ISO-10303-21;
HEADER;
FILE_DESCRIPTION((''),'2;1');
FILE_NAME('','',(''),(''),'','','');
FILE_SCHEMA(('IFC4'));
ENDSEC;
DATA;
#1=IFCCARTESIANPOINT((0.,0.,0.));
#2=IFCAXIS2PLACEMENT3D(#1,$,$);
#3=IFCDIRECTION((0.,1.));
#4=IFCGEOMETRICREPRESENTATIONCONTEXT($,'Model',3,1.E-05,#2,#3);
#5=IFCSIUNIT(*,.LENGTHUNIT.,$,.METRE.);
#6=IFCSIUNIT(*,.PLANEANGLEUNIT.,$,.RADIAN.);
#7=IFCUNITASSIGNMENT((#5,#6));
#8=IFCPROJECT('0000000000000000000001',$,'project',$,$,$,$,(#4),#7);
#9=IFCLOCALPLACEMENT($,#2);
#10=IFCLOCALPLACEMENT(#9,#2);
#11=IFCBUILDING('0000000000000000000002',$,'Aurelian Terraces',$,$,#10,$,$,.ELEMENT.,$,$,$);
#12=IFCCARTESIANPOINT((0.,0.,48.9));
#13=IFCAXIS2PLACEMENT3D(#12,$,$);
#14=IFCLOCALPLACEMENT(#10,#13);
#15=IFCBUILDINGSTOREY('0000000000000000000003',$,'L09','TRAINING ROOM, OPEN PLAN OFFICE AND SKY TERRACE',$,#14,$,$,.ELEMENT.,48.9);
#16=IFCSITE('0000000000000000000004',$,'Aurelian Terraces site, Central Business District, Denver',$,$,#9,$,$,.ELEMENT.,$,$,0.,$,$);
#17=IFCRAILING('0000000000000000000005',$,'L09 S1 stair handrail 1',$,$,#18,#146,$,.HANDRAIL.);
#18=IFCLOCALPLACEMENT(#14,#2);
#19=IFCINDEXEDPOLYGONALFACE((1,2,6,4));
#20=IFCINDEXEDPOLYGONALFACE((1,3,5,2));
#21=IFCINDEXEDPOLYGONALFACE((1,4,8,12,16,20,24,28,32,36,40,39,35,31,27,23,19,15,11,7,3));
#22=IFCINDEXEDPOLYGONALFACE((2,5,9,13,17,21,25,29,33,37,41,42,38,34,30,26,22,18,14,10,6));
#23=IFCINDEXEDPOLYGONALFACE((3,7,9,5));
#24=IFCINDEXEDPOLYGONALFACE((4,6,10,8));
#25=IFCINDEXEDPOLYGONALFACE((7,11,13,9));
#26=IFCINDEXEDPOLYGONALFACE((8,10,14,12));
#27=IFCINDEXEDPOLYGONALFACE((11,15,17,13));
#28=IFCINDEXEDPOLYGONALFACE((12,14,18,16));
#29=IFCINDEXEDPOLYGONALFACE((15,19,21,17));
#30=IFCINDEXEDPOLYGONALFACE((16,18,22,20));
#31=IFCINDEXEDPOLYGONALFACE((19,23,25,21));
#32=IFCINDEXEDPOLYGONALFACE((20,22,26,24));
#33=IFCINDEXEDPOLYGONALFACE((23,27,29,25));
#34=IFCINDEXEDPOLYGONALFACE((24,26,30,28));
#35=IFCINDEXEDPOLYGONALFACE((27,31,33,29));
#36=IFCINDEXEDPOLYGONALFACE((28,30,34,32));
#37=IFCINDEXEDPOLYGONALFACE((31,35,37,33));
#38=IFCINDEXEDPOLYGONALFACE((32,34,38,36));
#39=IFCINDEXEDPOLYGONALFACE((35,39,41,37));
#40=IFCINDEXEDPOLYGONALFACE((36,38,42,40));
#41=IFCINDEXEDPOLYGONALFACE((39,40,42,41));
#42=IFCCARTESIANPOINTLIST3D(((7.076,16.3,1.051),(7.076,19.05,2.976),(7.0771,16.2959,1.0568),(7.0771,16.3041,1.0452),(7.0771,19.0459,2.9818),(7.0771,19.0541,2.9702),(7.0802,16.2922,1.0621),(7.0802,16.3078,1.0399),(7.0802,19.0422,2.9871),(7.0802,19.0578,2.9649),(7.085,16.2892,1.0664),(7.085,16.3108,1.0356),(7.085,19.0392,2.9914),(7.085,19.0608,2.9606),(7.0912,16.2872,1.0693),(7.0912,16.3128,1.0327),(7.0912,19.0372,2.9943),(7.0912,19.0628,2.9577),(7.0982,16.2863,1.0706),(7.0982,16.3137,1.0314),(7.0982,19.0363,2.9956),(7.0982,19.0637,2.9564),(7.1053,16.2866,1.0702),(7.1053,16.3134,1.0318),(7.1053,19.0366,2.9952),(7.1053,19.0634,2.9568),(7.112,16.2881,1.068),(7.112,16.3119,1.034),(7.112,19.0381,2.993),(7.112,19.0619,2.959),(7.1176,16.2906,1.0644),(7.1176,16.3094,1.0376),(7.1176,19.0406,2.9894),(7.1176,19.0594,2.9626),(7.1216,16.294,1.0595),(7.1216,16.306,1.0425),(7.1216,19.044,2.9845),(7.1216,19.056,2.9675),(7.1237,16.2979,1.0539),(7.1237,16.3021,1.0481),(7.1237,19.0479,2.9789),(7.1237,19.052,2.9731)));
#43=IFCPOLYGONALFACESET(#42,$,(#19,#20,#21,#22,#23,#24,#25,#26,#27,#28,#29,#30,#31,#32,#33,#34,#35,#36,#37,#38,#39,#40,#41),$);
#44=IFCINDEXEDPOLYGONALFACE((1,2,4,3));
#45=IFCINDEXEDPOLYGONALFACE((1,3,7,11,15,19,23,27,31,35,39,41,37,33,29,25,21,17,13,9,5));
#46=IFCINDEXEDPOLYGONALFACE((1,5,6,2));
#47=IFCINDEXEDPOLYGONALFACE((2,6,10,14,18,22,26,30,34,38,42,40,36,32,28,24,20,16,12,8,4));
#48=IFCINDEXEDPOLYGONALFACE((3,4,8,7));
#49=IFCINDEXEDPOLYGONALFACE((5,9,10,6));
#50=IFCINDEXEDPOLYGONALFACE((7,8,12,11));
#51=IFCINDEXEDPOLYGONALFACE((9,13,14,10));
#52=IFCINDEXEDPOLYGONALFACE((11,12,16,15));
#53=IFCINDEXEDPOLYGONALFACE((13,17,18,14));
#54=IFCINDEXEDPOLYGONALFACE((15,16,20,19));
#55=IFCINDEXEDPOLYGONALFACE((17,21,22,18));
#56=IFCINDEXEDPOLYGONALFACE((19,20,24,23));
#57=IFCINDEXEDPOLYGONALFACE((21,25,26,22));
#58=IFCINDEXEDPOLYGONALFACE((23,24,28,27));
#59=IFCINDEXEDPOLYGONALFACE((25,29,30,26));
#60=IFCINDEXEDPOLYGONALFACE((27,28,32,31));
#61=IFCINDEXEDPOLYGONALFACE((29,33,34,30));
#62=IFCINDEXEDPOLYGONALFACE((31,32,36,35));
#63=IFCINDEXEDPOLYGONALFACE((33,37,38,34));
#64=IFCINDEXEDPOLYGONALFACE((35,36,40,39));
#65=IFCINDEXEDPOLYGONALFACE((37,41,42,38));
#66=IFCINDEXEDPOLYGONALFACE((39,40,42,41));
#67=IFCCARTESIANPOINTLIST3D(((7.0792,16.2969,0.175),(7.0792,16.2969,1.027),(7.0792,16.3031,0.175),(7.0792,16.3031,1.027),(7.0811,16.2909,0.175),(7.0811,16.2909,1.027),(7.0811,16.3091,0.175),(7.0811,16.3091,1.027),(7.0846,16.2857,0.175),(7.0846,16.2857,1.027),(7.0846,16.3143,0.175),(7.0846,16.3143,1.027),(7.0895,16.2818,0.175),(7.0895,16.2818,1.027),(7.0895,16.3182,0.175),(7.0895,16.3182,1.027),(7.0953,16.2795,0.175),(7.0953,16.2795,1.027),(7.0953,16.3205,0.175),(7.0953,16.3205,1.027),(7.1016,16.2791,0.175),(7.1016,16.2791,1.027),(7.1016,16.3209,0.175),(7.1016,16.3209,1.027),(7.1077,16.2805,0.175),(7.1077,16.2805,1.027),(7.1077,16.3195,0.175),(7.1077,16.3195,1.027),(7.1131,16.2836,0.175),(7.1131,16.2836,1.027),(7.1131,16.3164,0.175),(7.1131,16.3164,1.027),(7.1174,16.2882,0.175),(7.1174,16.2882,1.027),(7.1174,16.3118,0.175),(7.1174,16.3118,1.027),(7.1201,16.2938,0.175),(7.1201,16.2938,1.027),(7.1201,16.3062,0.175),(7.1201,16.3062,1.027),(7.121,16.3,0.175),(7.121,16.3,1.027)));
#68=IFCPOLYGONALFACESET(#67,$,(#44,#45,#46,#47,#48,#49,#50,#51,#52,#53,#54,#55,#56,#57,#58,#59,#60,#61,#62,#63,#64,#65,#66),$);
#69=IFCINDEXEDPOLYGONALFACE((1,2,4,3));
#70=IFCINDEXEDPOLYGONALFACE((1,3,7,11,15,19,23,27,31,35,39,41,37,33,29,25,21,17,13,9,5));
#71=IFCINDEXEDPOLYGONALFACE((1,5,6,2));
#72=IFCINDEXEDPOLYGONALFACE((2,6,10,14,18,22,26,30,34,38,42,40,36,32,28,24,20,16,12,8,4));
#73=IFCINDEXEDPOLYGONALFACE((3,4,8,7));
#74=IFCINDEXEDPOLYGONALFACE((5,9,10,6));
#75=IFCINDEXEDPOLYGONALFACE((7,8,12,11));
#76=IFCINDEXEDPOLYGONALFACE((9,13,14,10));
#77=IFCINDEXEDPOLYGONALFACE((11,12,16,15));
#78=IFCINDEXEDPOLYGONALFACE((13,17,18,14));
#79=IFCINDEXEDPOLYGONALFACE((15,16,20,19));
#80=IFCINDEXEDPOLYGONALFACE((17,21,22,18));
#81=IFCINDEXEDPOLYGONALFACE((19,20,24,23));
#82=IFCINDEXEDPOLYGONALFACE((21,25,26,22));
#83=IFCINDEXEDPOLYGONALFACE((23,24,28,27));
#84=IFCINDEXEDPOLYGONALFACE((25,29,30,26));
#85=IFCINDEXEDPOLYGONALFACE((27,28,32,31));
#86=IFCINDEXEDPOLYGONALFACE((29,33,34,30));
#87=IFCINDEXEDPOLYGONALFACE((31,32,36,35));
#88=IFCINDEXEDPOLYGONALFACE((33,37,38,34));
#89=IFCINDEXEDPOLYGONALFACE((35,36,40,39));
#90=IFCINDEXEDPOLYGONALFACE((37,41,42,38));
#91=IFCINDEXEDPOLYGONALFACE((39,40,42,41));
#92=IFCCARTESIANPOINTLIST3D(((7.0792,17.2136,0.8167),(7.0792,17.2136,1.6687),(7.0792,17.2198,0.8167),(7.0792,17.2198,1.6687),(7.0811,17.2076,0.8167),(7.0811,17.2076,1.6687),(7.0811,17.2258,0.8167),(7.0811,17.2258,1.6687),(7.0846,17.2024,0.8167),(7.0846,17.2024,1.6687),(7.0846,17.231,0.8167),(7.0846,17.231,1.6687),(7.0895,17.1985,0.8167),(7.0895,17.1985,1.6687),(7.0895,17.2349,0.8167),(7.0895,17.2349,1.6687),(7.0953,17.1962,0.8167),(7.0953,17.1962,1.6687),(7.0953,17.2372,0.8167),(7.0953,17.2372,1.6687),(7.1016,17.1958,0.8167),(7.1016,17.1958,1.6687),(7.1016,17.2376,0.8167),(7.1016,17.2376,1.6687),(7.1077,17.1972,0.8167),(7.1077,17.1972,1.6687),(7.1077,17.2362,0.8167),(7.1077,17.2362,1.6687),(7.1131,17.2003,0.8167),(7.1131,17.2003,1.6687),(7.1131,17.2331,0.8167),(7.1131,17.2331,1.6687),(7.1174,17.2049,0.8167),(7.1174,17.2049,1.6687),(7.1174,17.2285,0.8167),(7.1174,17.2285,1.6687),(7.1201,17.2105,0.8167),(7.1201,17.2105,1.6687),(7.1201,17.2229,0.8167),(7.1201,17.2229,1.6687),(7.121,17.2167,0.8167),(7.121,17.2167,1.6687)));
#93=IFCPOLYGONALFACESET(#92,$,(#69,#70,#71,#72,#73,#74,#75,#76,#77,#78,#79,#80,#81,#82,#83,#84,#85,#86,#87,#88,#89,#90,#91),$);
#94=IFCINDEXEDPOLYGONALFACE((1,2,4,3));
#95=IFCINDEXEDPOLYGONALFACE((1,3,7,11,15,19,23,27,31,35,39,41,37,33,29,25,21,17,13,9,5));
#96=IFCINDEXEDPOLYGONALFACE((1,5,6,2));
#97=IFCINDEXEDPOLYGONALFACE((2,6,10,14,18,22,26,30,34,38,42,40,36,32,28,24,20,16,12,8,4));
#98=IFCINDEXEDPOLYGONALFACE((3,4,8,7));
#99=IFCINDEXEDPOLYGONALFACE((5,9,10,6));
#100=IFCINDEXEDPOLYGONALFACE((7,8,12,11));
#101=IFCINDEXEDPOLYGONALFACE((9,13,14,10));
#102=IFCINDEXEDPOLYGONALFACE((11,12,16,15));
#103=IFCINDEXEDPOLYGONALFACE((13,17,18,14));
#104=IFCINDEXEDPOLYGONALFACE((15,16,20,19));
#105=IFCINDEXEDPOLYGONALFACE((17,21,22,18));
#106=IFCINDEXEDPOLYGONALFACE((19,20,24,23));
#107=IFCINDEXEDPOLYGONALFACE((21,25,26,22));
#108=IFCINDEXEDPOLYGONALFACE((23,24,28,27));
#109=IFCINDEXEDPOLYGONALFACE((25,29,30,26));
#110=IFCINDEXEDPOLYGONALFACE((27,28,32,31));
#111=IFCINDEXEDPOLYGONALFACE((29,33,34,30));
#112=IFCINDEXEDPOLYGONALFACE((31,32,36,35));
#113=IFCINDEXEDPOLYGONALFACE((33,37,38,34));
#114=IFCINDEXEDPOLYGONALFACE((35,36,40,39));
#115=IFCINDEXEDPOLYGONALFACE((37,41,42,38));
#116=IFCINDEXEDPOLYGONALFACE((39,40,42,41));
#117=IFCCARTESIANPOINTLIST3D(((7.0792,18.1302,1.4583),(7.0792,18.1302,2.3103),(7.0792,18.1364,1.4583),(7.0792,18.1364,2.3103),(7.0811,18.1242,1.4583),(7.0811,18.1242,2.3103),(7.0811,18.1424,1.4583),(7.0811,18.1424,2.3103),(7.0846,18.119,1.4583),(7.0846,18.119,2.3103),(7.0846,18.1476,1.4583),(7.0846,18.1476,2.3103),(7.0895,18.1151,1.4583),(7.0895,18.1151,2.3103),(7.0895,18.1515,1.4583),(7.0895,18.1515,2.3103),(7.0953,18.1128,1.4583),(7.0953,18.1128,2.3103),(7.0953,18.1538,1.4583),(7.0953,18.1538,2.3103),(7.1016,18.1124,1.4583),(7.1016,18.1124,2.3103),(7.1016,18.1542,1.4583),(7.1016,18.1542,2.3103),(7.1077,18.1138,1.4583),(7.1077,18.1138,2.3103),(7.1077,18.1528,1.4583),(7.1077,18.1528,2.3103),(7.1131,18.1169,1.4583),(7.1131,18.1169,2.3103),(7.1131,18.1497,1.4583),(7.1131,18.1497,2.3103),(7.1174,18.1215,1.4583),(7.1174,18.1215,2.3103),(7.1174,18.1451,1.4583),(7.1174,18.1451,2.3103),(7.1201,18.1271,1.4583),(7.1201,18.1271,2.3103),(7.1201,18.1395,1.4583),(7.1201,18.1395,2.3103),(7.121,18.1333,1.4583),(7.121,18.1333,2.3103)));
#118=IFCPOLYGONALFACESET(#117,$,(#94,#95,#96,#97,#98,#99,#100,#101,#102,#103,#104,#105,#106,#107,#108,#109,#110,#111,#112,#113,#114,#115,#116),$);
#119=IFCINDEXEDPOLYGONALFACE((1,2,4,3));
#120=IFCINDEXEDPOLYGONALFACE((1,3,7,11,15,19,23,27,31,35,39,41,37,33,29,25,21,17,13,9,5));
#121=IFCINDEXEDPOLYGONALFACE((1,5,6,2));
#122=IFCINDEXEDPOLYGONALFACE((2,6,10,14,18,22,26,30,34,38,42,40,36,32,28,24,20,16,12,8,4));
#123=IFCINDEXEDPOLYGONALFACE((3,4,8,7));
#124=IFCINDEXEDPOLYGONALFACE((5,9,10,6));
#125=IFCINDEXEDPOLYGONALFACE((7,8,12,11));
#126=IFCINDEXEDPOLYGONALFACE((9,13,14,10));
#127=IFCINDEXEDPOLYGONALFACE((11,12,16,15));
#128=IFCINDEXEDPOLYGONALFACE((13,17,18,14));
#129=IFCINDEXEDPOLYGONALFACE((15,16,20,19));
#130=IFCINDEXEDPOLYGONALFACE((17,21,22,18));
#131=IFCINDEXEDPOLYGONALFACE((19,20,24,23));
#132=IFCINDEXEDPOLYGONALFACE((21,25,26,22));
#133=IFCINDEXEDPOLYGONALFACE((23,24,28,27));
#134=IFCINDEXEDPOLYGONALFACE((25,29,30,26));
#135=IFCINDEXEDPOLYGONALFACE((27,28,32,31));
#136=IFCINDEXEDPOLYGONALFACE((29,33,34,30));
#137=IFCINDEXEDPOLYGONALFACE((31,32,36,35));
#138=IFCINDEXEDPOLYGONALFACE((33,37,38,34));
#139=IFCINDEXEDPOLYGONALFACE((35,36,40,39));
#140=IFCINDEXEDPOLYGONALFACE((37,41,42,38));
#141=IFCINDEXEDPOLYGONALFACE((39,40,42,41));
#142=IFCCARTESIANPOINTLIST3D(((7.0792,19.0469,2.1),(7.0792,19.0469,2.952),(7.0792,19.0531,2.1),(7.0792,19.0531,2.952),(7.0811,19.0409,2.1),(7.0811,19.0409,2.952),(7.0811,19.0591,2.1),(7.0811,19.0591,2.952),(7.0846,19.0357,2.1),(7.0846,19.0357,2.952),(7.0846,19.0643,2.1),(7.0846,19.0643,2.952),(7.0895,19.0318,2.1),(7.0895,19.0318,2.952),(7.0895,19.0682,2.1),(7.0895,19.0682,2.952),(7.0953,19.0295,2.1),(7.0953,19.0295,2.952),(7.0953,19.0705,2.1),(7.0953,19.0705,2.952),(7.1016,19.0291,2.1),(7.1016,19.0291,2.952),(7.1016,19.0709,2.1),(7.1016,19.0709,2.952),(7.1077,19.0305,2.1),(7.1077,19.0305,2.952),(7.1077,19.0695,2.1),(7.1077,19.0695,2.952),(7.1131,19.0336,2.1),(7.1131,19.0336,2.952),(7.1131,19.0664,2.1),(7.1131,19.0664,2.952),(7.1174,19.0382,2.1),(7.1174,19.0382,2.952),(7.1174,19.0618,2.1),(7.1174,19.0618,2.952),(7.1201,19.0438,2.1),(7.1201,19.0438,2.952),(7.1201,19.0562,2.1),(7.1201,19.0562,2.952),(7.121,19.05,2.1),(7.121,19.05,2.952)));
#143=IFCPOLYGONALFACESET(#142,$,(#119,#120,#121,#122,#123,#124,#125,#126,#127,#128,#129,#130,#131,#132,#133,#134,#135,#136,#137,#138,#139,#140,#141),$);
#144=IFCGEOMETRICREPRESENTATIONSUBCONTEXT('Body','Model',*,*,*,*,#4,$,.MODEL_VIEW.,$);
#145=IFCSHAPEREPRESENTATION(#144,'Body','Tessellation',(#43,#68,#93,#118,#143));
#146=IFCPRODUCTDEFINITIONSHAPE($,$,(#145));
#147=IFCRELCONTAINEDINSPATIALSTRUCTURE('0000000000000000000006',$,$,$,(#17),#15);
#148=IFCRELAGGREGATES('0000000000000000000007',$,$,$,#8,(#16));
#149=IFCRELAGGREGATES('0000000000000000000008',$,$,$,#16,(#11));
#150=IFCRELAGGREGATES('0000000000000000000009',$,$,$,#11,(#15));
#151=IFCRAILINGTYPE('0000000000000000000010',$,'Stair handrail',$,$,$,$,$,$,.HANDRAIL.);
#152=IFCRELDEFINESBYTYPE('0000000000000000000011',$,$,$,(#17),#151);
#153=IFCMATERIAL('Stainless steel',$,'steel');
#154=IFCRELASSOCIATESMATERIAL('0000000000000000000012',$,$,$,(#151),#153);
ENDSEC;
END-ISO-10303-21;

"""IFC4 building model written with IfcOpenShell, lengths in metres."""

from ifc_helpers import new_model, si_unit, direction, frame, origin, origin_2d, place, context, subcontext, project, spatial, circle, extrude, source, transform, mapped, material, type_object, element, save


model = new_model("IFC4")

# Units and contexts
model_context = context("Model", 3, precision=1e-05, world=origin(), true_north=direction((0.0, 1.0)))
body_context = subcontext(model_context, "Body", "Model", "MODEL_VIEW")
ifc_project = project(units=[si_unit("LENGTHUNIT", "METRE"), si_unit("PLANEANGLEUNIT", "RADIAN")], contexts=[model_context])

# Site, building, storey
site_placement = place(None, origin())
site = spatial("IfcSite", under=ifc_project, at=site_placement, Name="Aurelian Terraces site, Central Business District, Denver", CompositionType="ELEMENT", RefElevation=0.0)
building_placement = place(site_placement, origin())
building = spatial("IfcBuilding", under=site, at=building_placement, Name="Aurelian Terraces", CompositionType="ELEMENT")
storey_placement = place(building_placement, frame((0.0, 0.0, 48.9)))
storey = spatial("IfcBuildingStorey", under=building, at=storey_placement, Name="L09", Description="TRAINING ROOM, OPEN PLAN OFFICE AND SKY TERRACE", CompositionType="ELEMENT", Elevation=48.9)

# Railing
ifc_material_1 = material(Name="Stainless steel", Category="steel")
railing_type_1 = type_object("IfcRailingType", Name="Stair handrail", PredefinedType="HANDRAIL", material=ifc_material_1)
shared_shape_1 = source(origin(), body_context, "Body", "SweptSolid", [
    extrude(circle(Radius=0.024, at=origin_2d()), frame((0.0, 0.0, 0.876), z_axis=(0.0, 0.819232, 0.573462), x_axis=(-1.0, 0.0, 0.0)), (0.0, 0.0, 1.0), 3.3568),
    extrude(circle(Radius=0.021, at=origin_2d()), origin(), (0.0, 0.0, 1.0), 0.852),
    extrude(circle(Radius=0.021, at=origin_2d()), frame((0.0, 0.9167, 0.6417)), (0.0, 0.0, 1.0), 0.852),
    extrude(circle(Radius=0.021, at=origin_2d()), frame((0.0, 1.8333, 1.2833)), (0.0, 0.0, 1.0), 0.852),
    extrude(circle(Radius=0.021, at=origin_2d()), frame((0.0, 2.75, 1.925)), (0.0, 0.0, 1.0), 0.852),
])
railing_1_placement = place(storey_placement, frame((7.1, 16.3, 0.175)))
element("IfcRailing", 1, at=railing_1_placement, inside=storey, type_object=railing_type_1, Name="L09 S1 stair handrail 1", PredefinedType="HANDRAIL", context=body_context, shape_type="MappedRepresentation", body=[
    mapped(shared_shape_1, transform((0.0, 0.0, 0.0), scale=1.0)),
])

save(model, "model.ifc")
